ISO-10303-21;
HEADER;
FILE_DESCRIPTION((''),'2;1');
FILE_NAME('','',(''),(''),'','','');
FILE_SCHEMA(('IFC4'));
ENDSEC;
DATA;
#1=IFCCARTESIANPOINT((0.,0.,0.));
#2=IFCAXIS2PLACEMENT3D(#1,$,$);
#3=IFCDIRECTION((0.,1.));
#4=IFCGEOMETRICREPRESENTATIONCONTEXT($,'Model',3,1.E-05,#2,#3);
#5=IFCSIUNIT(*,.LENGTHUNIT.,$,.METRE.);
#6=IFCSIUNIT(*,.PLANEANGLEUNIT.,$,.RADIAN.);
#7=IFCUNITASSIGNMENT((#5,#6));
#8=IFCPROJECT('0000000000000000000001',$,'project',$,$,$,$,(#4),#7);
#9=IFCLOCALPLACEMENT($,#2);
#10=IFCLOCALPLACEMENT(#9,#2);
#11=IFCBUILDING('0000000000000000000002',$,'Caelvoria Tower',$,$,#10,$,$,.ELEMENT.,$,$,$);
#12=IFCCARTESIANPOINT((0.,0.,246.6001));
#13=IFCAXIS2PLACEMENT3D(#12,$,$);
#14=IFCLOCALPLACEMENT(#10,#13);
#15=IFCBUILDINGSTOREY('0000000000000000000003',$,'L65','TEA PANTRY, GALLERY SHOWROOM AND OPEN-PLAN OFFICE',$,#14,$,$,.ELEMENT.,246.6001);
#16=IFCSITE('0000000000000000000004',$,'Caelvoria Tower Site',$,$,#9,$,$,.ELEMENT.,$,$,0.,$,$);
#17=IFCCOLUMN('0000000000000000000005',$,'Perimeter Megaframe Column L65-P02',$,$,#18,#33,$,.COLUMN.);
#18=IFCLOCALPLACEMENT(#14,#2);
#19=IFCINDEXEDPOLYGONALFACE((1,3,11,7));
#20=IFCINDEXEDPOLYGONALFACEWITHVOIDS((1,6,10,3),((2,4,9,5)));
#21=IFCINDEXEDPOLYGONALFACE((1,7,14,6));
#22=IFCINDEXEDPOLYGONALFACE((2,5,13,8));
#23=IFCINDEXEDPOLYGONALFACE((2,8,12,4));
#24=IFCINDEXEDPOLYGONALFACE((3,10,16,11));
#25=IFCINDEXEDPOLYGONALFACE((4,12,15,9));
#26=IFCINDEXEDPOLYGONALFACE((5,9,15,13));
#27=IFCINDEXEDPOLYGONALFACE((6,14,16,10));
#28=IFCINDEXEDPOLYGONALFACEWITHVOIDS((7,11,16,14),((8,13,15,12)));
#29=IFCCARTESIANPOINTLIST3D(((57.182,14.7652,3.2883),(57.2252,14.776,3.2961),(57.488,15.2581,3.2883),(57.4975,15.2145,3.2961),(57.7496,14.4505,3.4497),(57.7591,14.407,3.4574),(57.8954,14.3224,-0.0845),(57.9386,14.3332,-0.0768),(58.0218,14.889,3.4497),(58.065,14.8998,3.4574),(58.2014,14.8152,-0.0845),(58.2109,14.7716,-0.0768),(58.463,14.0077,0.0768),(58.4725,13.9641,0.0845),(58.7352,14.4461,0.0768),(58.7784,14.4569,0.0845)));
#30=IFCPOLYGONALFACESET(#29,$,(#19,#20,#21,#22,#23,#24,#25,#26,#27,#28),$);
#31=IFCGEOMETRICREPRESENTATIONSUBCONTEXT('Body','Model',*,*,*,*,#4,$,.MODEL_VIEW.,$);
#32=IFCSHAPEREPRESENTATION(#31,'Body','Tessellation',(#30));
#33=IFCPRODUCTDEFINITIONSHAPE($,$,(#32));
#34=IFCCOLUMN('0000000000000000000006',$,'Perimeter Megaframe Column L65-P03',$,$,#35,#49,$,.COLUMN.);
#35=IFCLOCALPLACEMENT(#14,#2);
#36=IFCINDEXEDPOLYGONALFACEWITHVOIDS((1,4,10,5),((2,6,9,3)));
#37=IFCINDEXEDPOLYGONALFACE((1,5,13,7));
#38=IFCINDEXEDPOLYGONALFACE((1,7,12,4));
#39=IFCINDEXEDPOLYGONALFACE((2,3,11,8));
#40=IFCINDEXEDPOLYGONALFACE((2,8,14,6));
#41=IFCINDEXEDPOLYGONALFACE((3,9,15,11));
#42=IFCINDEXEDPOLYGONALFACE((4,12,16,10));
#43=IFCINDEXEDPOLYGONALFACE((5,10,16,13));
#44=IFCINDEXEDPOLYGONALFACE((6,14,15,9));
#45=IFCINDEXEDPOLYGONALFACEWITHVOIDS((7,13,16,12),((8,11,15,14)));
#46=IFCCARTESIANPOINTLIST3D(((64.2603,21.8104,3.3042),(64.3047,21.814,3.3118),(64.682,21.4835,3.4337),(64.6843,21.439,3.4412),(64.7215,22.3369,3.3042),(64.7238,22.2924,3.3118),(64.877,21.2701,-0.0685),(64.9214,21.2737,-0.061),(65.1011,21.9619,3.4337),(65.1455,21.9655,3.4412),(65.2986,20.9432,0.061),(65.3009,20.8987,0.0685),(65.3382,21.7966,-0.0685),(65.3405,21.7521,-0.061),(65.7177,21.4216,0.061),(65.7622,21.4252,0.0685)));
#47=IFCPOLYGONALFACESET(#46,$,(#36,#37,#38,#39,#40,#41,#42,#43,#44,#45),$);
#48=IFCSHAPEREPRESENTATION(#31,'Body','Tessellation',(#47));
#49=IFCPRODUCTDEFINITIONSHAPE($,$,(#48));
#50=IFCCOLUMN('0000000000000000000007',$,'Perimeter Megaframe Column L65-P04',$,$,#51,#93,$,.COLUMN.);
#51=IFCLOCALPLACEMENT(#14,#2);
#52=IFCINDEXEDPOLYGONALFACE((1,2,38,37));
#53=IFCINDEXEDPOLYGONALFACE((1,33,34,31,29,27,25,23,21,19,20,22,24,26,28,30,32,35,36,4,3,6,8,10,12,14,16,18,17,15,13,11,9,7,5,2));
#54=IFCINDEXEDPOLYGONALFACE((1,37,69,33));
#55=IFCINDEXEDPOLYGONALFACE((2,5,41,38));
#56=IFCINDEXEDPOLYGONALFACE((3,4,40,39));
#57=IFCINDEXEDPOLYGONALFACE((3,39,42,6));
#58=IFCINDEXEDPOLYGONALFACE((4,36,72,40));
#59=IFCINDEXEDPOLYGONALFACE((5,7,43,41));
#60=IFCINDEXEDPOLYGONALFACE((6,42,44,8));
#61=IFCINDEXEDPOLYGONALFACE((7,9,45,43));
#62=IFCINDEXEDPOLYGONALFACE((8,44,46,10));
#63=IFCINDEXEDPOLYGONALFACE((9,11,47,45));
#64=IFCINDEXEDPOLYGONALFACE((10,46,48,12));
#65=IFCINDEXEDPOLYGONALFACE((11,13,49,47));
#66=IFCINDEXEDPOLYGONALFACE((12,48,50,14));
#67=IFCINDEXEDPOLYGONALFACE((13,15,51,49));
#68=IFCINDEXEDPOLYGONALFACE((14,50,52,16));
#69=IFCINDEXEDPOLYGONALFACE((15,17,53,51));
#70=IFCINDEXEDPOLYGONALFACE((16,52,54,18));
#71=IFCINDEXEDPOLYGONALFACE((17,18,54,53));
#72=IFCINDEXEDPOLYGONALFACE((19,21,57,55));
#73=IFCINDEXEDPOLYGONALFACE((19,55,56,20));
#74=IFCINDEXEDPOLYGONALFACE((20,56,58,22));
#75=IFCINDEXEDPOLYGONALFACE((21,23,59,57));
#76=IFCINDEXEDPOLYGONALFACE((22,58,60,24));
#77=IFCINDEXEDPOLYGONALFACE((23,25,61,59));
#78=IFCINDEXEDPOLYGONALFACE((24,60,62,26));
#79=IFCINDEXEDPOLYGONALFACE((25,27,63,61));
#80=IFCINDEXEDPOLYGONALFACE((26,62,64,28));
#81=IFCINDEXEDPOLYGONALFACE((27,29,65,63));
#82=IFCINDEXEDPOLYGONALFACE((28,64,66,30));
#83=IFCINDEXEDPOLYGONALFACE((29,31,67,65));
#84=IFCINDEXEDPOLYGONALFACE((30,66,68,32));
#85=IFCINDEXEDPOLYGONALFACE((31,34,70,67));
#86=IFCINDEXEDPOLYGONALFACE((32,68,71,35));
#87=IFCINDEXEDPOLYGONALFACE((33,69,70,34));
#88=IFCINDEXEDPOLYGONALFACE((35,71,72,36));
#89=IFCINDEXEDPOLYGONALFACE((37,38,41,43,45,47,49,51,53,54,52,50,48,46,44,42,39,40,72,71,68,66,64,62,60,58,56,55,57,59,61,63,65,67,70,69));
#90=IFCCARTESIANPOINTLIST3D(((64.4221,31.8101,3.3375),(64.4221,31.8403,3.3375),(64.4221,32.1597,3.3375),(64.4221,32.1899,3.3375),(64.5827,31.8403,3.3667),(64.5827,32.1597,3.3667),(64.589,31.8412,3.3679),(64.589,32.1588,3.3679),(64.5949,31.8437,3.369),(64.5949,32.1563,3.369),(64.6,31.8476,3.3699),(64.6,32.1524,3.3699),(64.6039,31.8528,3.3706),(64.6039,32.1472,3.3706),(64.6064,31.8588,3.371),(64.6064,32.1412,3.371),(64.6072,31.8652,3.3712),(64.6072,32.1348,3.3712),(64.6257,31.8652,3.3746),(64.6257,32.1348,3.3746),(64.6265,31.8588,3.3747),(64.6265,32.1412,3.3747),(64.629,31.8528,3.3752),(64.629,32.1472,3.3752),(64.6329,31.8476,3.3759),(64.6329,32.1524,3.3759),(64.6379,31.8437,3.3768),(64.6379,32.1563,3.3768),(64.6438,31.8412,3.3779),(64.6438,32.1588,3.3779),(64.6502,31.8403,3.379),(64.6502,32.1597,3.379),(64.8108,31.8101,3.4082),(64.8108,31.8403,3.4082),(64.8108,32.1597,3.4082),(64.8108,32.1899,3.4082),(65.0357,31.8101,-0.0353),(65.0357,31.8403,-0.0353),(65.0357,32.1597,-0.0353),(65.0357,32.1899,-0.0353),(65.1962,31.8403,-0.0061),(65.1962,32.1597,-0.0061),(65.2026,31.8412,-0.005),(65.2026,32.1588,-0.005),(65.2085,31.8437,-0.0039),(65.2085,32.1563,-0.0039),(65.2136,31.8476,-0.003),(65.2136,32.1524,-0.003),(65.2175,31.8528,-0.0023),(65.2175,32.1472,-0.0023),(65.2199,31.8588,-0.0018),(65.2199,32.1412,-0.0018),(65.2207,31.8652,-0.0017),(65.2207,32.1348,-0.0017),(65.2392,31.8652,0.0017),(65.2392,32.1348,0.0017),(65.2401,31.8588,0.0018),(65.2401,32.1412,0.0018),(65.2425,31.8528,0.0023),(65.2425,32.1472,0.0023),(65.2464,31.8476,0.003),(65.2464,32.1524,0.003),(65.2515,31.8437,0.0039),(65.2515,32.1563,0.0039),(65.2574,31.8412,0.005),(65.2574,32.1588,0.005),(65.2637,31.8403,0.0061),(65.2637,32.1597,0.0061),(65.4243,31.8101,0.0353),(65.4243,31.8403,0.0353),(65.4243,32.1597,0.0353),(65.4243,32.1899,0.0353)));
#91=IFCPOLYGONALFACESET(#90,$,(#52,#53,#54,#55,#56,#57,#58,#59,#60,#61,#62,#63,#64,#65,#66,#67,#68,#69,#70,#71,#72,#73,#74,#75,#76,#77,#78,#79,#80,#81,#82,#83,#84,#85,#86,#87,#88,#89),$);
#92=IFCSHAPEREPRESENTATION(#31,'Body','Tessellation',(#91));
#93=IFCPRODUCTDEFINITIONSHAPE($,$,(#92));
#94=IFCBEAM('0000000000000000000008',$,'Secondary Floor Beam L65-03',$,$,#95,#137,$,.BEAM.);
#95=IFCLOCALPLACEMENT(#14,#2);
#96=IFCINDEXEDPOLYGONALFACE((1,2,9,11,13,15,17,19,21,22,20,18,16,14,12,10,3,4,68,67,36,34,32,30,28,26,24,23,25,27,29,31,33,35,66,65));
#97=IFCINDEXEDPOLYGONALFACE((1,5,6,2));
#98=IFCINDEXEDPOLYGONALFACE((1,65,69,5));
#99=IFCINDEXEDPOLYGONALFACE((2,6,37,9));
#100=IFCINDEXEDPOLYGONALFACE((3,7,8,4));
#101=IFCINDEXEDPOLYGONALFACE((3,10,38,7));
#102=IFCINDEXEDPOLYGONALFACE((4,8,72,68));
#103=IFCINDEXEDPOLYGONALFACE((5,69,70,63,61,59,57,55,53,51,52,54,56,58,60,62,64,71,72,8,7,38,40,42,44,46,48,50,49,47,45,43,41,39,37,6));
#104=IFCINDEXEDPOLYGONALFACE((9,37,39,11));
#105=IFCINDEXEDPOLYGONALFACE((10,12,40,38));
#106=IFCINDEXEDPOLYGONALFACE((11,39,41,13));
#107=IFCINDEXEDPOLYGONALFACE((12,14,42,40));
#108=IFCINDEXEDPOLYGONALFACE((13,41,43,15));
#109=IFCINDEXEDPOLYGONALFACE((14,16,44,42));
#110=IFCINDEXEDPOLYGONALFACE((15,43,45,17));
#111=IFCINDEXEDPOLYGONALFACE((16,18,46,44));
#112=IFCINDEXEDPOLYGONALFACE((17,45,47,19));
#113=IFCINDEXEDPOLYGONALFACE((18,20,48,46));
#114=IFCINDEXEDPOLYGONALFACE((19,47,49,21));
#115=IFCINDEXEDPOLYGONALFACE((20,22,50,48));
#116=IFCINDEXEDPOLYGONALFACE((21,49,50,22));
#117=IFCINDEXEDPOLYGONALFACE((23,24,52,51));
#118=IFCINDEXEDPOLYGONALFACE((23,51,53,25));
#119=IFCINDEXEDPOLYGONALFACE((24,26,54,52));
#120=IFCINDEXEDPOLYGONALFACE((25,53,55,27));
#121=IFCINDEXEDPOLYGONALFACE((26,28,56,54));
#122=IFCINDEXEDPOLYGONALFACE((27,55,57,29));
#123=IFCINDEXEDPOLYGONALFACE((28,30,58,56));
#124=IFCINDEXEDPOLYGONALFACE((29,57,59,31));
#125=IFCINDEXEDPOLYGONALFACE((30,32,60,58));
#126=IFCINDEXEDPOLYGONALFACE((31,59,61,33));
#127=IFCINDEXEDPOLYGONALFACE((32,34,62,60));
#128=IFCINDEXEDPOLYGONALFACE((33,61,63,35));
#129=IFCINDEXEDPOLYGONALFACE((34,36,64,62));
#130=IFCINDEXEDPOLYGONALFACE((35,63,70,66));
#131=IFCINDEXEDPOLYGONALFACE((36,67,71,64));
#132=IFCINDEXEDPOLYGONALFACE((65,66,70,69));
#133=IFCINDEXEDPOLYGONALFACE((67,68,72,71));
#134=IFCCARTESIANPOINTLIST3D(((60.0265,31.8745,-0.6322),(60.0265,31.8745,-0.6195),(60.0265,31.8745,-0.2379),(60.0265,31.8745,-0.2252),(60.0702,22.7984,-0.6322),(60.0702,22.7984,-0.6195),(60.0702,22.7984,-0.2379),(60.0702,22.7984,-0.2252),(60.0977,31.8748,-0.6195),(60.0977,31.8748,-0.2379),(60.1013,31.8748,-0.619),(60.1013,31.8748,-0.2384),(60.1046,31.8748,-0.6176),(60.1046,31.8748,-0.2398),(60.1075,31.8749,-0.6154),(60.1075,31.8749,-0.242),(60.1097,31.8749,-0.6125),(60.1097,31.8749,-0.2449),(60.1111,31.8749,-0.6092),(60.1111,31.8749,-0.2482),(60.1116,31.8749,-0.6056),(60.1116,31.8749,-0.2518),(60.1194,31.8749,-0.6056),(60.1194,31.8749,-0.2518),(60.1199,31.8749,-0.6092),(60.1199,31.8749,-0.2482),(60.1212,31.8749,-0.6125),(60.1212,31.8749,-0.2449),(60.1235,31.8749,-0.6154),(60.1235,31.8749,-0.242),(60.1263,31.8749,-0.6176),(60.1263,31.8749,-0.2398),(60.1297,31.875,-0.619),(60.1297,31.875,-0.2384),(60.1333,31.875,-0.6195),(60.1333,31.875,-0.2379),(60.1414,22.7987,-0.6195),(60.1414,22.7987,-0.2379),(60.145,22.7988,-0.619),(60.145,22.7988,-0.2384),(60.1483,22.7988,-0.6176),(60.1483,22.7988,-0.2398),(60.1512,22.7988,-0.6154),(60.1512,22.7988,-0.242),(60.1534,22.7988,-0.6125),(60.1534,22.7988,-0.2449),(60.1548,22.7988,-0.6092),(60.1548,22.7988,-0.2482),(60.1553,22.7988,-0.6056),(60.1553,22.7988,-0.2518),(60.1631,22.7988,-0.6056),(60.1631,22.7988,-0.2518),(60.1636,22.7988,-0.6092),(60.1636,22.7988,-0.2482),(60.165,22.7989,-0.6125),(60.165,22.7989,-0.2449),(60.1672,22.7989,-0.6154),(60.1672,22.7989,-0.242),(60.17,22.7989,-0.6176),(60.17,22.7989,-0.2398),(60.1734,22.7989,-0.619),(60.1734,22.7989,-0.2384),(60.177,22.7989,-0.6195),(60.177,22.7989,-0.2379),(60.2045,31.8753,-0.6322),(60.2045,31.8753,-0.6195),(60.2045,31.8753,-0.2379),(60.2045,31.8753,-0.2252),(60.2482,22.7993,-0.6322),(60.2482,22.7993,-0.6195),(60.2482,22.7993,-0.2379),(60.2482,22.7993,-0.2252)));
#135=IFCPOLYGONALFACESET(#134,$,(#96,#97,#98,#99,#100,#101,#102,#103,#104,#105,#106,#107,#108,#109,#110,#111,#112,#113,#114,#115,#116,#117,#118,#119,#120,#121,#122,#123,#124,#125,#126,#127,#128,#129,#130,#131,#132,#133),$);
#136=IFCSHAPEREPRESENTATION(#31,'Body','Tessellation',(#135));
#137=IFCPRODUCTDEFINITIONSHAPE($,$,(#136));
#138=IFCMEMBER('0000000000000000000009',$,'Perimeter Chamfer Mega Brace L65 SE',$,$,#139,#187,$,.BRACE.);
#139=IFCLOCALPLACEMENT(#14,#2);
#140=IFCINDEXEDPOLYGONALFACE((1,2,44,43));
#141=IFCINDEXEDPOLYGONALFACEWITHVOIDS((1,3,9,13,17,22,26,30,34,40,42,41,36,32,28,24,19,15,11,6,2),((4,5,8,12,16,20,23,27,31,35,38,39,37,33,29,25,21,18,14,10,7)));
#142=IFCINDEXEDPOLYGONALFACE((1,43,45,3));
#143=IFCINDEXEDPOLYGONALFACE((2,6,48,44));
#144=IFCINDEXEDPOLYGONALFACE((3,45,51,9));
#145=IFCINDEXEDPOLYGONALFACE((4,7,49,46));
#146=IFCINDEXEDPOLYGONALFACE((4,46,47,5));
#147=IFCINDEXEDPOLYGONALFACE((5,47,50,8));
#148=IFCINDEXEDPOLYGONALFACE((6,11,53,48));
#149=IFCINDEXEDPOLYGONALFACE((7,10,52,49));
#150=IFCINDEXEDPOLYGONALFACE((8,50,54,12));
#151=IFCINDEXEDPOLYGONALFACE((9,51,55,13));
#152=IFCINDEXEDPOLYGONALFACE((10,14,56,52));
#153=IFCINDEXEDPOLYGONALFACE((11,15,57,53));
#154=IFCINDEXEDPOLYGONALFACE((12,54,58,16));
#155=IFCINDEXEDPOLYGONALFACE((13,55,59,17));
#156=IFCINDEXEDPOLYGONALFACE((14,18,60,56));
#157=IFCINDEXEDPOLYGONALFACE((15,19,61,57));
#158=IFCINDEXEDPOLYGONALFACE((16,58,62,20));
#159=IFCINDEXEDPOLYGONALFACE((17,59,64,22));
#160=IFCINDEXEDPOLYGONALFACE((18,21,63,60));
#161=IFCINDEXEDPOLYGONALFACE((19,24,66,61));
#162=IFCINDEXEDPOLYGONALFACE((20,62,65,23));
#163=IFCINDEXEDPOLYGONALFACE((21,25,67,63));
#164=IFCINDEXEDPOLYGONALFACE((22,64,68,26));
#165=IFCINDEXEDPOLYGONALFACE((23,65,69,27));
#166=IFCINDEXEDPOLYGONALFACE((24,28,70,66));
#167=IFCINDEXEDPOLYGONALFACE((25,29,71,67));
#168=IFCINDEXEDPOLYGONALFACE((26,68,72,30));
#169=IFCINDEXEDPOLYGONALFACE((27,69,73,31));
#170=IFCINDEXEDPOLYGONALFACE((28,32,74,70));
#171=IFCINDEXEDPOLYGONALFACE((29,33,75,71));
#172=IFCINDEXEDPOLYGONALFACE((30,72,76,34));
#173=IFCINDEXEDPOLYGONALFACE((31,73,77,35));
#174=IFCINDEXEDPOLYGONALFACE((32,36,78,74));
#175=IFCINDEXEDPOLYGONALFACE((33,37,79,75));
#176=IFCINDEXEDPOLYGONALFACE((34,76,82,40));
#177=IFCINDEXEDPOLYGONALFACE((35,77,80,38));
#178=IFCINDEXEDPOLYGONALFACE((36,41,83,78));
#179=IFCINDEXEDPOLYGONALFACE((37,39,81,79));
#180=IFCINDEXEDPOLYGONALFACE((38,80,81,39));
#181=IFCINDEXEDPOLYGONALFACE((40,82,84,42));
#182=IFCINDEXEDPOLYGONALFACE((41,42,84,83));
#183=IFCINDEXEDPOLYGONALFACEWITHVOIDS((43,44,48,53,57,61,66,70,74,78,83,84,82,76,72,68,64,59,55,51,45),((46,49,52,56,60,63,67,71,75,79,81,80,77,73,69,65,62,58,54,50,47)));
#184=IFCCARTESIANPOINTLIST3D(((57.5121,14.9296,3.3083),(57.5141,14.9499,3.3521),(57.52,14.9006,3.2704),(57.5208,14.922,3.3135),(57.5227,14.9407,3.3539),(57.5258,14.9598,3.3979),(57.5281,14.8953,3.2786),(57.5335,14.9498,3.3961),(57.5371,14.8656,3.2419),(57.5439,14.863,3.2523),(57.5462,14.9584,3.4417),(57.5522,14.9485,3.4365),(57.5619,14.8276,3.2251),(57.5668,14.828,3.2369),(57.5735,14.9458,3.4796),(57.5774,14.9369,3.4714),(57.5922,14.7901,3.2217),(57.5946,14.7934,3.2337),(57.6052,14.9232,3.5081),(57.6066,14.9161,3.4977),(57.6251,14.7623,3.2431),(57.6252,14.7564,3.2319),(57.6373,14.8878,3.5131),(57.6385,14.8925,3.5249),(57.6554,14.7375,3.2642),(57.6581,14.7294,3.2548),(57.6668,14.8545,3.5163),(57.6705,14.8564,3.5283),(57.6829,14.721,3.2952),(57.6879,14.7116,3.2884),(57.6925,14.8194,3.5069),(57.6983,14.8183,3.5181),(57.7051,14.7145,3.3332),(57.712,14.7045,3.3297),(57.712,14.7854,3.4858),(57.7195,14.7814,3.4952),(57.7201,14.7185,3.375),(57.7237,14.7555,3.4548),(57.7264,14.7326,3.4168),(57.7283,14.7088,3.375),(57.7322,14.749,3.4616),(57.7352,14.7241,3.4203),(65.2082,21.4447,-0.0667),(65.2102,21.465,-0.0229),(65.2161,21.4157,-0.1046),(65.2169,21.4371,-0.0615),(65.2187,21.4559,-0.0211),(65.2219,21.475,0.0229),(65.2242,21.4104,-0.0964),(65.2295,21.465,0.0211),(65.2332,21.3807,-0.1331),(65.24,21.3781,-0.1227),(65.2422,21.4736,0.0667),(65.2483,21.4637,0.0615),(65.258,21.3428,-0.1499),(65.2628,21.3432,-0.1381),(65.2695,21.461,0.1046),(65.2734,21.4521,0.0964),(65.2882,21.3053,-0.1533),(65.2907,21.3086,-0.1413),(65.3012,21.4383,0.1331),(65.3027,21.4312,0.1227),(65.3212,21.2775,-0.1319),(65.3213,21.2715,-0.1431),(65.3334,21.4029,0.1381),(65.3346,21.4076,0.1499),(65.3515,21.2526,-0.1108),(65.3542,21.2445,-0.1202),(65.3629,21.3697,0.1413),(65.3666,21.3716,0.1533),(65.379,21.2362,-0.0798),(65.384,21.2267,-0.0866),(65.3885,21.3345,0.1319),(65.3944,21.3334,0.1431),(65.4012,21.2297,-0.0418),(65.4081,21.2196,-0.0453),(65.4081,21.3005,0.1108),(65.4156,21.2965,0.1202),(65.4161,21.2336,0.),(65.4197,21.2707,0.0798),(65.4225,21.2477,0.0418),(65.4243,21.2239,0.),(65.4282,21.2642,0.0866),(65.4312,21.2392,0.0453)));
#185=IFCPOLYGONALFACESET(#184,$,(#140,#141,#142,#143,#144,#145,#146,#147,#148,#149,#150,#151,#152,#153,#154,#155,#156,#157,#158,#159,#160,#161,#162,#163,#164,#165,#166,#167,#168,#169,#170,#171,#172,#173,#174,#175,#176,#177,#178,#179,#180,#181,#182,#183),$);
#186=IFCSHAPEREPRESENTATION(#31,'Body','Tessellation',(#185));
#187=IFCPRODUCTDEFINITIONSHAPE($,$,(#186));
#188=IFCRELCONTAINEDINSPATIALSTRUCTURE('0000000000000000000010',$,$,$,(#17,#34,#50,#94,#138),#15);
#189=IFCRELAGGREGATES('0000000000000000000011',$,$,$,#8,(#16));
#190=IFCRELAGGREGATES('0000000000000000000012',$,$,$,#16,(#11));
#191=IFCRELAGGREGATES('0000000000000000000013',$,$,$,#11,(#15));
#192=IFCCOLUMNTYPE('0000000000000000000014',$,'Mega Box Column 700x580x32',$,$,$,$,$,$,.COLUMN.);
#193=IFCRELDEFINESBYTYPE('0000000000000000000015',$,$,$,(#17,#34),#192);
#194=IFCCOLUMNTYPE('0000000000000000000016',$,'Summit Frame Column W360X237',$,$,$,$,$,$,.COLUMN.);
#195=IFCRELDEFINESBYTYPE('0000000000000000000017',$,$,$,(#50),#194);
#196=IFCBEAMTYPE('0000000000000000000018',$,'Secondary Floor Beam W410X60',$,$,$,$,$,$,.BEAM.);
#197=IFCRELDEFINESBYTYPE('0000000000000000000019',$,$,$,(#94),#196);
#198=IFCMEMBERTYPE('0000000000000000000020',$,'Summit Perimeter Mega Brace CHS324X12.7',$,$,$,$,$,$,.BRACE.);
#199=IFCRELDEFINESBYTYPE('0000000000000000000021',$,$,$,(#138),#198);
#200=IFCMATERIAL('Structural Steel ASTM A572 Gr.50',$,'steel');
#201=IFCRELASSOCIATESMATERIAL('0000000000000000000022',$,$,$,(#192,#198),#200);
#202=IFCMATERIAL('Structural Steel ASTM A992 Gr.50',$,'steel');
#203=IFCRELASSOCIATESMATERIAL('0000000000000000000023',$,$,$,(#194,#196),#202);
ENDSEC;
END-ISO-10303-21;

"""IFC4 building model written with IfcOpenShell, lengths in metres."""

from ifc_helpers import new_model, si_unit, direction, frame, origin, origin_2d, place, context, subcontext, project, spatial, hollow_rectangle, hollow_circle, i_section, extrude, material, material_profile, profile_set, type_object, element, save


model = new_model("IFC4")

# Units and contexts
model_context = context("Model", 3, precision=1e-05, world=origin(), true_north=direction((0.0, 1.0)))
body_context = subcontext(model_context, "Body", "Model", "MODEL_VIEW")
ifc_project = project(units=[si_unit("LENGTHUNIT", "METRE"), si_unit("PLANEANGLEUNIT", "RADIAN")], contexts=[model_context])

# Site, building, storey
site_placement = place(None, origin())
site = spatial("IfcSite", under=ifc_project, at=site_placement, Name="Caelvoria Tower Site", CompositionType="ELEMENT", RefElevation=0.0)
building_placement = place(site_placement, origin())
building = spatial("IfcBuilding", under=site, at=building_placement, Name="Caelvoria Tower", CompositionType="ELEMENT")
storey_placement = place(building_placement, frame((0.0, 0.0, 246.6001)))
storey = spatial("IfcBuildingStorey", under=building, at=storey_placement, Name="L65", Description="TEA PANTRY, GALLERY SHOWROOM AND OPEN-PLAN OFFICE", CompositionType="ELEMENT", Elevation=246.6001)

# Columns
ifc_material_1 = material(Name="Structural Steel ASTM A572 Gr.50", Category="steel")
ifc_material_profile_1 = material_profile(ifc_material_1, hollow_rectangle(XDim=0.5801, YDim=0.7, WallThickness=0.032, at=origin_2d()), Name="Structural Steel ASTM A572 Gr.50")
ifc_profile_set_1 = profile_set([ifc_material_profile_1], Name="BOX700X580X32 - Structural Steel ASTM A572 Gr.50")
column_type_1 = type_object("IfcColumnType", Name="Mega Box Column 700x580x32", PredefinedType="COLUMN", material=ifc_profile_set_1)
column_1_placement = place(storey_placement, frame((58.3369, 14.3896, 0.0), z_axis=(-0.205245, 0.127417, 0.970381), x_axis=(-0.527435, -0.849595, 0.0)))
element("IfcColumn", 1, at=column_1_placement, inside=storey, type_object=column_type_1, Name="Perimeter Megaframe Column L65-P02", PredefinedType="COLUMN", context=body_context, shape_type="SweptSolid", body=[
    extrude(hollow_rectangle(XDim=0.5801, YDim=0.7, WallThickness=0.032, at=origin_2d()), origin(), (0.0, 0.0, 1.0), 3.4758),
])
column_2_placement = place(storey_placement, frame((65.3196, 21.3477, 0.0), z_axis=(-0.177671, 0.155655, 0.971702), x_axis=(0.730886, -0.640321, 0.23621)))
element("IfcColumn", 2, at=column_2_placement, inside=storey, type_object=column_type_1, Name="Perimeter Megaframe Column L65-P03", PredefinedType="COLUMN", context=body_context, shape_type="SweptSolid", body=[
    extrude(hollow_rectangle(XDim=0.5801, YDim=0.7, WallThickness=0.032, at=origin_2d()), origin(), (0.0, 0.0, 1.0), 3.4709),
])
ifc_material_2 = material(Name="Structural Steel ASTM A992 Gr.50", Category="steel")
ifc_material_profile_2 = material_profile(ifc_material_2, i_section(OverallWidth=0.395, OverallDepth=0.3799, WebThickness=0.0188, FlangeThickness=0.0303, FilletRadius=0.0249, at=origin_2d()), Name="Structural Steel ASTM A992 Gr.50")
ifc_profile_set_2 = profile_set([ifc_material_profile_2], Name="W360X237 - Structural Steel ASTM A992 Gr.50")
column_type_2 = type_object("IfcColumnType", Name="Summit Frame Column W360X237", PredefinedType="COLUMN", material=ifc_profile_set_2)
column_3_placement = place(storey_placement, frame((65.23, 32.0, 0.0), z_axis=(-0.178967, 0.0, 0.983855), x_axis=(0.983855, 0.0, 0.178967)))
element("IfcColumn", 3, at=column_3_placement, inside=storey, type_object=column_type_2, Name="Perimeter Megaframe Column L65-P04", PredefinedType="COLUMN", context=body_context, shape_type="SweptSolid", body=[
    extrude(i_section(OverallWidth=0.395, OverallDepth=0.3799, WebThickness=0.0188, FlangeThickness=0.0303, FilletRadius=0.0249, at=origin_2d()), origin(), (0.0, 0.0, 1.0), 3.4282),
])

# Beam
ifc_material_profile_3 = material_profile(ifc_material_2, i_section(OverallWidth=0.178, OverallDepth=0.407, WebThickness=0.0078, FlangeThickness=0.0127, FilletRadius=0.0139, at=origin_2d()), Name="Structural Steel ASTM A992 Gr.50")
ifc_profile_set_3 = profile_set([ifc_material_profile_3], Name="W410X60 - Structural Steel ASTM A992 Gr.50")
beam_type_1 = type_object("IfcBeamType", Name="Secondary Floor Beam W410X60", PredefinedType="BEAM", material=ifc_profile_set_3)
beam_1_placement = place(storey_placement, frame((60.1592, 22.7988, -0.4287), z_axis=(-0.004815, 0.999988, 0.0), x_axis=(-0.999988, -0.004815, 0.0)))
element("IfcBeam", 4, at=beam_1_placement, inside=storey, type_object=beam_type_1, Name="Secondary Floor Beam L65-03", PredefinedType="BEAM", context=body_context, shape_type="SweptSolid", body=[
    extrude(i_section(OverallWidth=0.178, OverallDepth=0.407, WebThickness=0.0078, FlangeThickness=0.0127, FilletRadius=0.0139, at=origin_2d()), origin(), (0.0, 0.0, 1.0), 9.0762),
])

# Member
ifc_material_profile_4 = material_profile(ifc_material_1, hollow_circle(Radius=0.1621, WallThickness=0.0127, at=origin_2d()), Name="Structural Steel ASTM A572 Gr.50")
ifc_profile_set_4 = profile_set([ifc_material_profile_4], Name="CHS324X12.7 - Structural Steel ASTM A572 Gr.50")
member_type = type_object("IfcMemberType", Name="Summit Perimeter Mega Brace CHS324X12.7", PredefinedType="BRACE", material=ifc_profile_set_4)
member_placement = place(storey_placement, frame((65.3196, 21.3477, 0.0), z_axis=(-0.723769, -0.612712, 0.3174), x_axis=(0.646121, -0.763235, 0.0)))
element("IfcMember", 5, at=member_placement, inside=storey, type_object=member_type, Name="Perimeter Chamfer Mega Brace L65 SE", PredefinedType="BRACE", context=body_context, shape_type="SweptSolid", body=[
    extrude(hollow_circle(Radius=0.1621, WallThickness=0.0127, at=origin_2d()), origin(), (0.0, 0.0, 1.0), 10.6333),
])

save(model, "model.ifc")
